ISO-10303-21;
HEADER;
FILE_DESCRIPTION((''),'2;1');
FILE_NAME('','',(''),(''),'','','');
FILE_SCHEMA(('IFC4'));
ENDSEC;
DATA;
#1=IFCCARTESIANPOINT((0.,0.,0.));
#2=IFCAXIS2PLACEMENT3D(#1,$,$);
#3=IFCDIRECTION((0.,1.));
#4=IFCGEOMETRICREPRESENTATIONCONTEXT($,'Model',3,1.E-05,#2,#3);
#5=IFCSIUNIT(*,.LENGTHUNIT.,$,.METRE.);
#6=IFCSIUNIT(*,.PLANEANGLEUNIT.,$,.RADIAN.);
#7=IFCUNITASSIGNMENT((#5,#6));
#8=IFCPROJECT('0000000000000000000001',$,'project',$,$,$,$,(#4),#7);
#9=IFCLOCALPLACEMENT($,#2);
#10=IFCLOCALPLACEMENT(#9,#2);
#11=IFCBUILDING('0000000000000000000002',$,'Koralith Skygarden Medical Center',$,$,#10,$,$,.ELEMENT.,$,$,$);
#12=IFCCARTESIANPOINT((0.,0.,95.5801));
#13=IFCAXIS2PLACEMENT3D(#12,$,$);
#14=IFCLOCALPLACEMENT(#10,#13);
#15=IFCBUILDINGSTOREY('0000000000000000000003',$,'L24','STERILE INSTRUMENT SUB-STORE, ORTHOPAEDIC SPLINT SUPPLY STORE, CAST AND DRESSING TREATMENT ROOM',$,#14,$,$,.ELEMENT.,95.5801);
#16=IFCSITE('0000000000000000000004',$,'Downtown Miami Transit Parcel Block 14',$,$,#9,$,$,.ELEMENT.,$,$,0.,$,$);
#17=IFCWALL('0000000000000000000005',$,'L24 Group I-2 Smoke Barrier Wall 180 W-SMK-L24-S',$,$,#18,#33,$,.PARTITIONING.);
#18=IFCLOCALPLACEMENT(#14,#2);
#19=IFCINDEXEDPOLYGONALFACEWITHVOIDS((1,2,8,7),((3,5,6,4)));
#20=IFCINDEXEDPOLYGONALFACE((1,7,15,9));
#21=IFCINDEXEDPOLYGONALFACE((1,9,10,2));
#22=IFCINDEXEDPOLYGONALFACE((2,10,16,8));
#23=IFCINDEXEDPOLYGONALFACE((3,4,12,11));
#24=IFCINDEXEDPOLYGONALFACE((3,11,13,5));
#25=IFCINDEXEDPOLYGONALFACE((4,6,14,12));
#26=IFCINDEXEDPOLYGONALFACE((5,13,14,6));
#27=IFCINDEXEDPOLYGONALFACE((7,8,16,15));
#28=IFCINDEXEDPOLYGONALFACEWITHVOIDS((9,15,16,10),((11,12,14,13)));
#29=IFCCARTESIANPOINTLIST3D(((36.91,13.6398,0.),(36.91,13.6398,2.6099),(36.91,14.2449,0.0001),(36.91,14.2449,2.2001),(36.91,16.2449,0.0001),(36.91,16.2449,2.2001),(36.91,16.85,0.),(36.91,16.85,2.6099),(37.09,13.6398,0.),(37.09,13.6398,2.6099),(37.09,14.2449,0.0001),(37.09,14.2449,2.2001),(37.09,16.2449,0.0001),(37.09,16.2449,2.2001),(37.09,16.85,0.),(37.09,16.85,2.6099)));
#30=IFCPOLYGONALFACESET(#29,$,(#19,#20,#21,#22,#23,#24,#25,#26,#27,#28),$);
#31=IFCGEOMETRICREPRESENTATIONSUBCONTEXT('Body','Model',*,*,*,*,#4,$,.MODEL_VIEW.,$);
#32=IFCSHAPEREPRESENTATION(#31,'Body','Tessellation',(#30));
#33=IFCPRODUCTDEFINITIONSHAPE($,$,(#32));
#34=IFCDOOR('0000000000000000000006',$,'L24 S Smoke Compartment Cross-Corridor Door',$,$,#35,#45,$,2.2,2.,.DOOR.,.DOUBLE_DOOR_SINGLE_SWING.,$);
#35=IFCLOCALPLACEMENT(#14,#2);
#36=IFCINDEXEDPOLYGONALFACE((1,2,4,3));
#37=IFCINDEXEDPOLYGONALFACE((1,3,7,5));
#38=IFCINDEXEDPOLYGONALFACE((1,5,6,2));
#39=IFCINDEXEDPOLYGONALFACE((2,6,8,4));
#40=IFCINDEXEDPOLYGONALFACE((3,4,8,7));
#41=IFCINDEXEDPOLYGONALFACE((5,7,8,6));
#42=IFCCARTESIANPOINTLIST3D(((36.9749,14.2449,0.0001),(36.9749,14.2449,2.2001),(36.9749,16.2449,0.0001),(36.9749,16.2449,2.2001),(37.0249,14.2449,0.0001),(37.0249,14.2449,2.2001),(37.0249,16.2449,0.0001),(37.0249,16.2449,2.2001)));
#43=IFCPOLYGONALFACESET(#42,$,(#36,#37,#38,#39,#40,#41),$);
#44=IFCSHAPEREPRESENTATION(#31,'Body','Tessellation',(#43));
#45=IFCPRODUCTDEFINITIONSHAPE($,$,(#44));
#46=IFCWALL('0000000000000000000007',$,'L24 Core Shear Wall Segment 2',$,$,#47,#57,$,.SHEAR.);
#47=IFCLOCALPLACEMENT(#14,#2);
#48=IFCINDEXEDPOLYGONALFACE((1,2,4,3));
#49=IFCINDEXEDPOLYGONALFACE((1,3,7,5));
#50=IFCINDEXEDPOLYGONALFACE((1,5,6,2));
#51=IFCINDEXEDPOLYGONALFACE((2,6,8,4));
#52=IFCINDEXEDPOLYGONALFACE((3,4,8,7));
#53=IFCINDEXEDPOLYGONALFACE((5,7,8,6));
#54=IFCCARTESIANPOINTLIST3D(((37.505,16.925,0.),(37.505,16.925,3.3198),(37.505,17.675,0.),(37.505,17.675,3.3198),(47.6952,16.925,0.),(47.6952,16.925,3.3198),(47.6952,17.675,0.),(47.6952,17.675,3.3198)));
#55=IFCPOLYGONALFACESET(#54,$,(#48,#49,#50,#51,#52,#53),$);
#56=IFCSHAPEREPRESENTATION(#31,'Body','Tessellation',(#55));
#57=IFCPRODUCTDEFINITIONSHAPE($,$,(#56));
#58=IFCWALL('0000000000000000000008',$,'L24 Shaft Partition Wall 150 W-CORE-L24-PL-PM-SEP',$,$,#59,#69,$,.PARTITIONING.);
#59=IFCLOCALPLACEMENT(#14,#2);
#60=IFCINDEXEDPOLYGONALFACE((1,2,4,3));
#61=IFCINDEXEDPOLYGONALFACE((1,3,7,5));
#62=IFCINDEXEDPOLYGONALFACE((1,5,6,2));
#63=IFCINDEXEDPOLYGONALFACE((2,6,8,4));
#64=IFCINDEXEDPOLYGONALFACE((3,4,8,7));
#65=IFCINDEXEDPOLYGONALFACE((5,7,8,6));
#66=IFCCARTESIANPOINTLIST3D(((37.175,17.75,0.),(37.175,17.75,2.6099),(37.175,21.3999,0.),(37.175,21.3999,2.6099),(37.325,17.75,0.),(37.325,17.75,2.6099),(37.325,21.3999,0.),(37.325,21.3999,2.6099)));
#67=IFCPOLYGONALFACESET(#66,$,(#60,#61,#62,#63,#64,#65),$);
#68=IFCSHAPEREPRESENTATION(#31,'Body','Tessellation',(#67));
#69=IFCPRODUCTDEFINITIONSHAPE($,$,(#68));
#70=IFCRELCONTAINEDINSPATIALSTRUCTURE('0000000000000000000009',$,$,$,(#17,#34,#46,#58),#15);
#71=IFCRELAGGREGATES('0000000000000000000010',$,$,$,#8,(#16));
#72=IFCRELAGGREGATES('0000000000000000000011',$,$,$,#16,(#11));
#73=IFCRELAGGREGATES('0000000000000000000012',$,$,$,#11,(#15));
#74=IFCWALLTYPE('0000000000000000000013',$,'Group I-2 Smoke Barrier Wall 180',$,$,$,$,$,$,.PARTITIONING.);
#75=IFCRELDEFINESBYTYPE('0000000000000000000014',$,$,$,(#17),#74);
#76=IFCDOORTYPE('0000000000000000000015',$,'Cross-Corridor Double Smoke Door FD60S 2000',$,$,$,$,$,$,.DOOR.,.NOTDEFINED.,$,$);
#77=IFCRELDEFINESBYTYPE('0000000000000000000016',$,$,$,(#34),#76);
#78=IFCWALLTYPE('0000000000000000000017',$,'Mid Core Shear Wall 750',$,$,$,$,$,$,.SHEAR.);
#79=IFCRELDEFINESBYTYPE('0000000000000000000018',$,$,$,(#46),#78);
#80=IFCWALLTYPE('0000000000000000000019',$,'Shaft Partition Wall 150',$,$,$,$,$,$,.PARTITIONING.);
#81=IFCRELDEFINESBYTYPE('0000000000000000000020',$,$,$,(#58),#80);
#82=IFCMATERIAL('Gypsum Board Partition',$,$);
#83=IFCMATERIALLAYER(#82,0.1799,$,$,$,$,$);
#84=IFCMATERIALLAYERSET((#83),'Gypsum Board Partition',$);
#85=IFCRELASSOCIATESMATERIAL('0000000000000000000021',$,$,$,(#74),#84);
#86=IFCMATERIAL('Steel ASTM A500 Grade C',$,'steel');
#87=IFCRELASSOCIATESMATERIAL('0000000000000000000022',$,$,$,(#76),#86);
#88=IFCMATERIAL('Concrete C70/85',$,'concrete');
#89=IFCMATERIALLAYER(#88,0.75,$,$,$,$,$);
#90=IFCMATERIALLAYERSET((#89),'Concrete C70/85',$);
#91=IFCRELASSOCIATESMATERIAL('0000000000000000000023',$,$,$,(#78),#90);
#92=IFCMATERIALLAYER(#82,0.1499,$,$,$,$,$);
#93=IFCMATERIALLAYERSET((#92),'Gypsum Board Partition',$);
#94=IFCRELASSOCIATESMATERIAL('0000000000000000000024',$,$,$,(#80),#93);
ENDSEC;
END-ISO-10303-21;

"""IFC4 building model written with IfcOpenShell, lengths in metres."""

from ifc_helpers import new_model, si_unit, direction, frame, frame_2d, origin, place, context, subcontext, project, spatial, rectangle, extrude, material, layer, layer_set, type_object, element, fill, save


model = new_model("IFC4")

# Units and contexts
model_context = context("Model", 3, precision=1e-05, world=origin(), true_north=direction((0.0, 1.0)))
body_context = subcontext(model_context, "Body", "Model", "MODEL_VIEW")
ifc_project = project(units=[si_unit("LENGTHUNIT", "METRE"), si_unit("PLANEANGLEUNIT", "RADIAN")], contexts=[model_context])

# Site, building, storey
site_placement = place(None, origin())
site = spatial("IfcSite", under=ifc_project, at=site_placement, Name="Downtown Miami Transit Parcel Block 14", CompositionType="ELEMENT", RefElevation=0.0)
building_placement = place(site_placement, origin())
building = spatial("IfcBuilding", under=site, at=building_placement, Name="Koralith Skygarden Medical Center", CompositionType="ELEMENT")
storey_placement = place(building_placement, frame((0.0, 0.0, 95.5801)))
storey = spatial("IfcBuildingStorey", under=building, at=storey_placement, Name="L24", Description="STERILE INSTRUMENT SUB-STORE, ORTHOPAEDIC SPLINT SUPPLY STORE, CAST AND DRESSING TREATMENT ROOM", CompositionType="ELEMENT", Elevation=95.5801)

# Shared definitions
ifc_material_1 = material(Name="Concrete C70/85", Category="concrete")

# Shared definitions
ifc_material_2 = material(Name="Gypsum Board Partition")

# Wall, opening, door
ifc_layer_1 = layer(ifc_material_2, 0.1799)
ifc_layer_set_1 = layer_set([ifc_layer_1], Name="Gypsum Board Partition")
wall_type_1 = type_object("IfcWallType", Name="Group I-2 Smoke Barrier Wall 180", PredefinedType="PARTITIONING", material=ifc_layer_set_1)
wall_1_placement = place(storey_placement, frame((37.0, 13.6399, 0.0), z_axis=(0.0, 0.0, 1.0), x_axis=(0.0, 1.0, 0.0)))
wall_1 = element("IfcWall", 1, at=wall_1_placement, inside=storey, type_object=wall_type_1, Name="L24 Group I-2 Smoke Barrier Wall 180 W-SMK-L24-S", PredefinedType="PARTITIONING", context=body_context, shape_type="SweptSolid", body=[
    extrude(rectangle(XDim=3.2102, YDim=0.1799, at=frame_2d((1.605, 0.0))), origin(), (0.0, 0.0, 1.0), 2.6099),
])
opening_1_placement = place(wall_1_placement, frame((0.605, 0.0, 0.0)))
opening_1 = element("IfcOpeningElement", 2, at=opening_1_placement, cuts=wall_1, PredefinedType="OPENING", context=body_context, shape_type="SweptSolid", body=[
    extrude(rectangle(XDim=2.0, YDim=2.2, at=frame_2d((1.0, 1.1001))), frame((0.0, 0.0999, 0.0), z_axis=(0.0, -1.0, 0.0), x_axis=(1.0, 0.0, 0.0)), (0.0, 0.0, 1.0), 0.2),
])
ifc_material_3 = material(Name="Steel ASTM A500 Grade C", Category="steel")
door_type_1 = type_object("IfcDoorType", Name="Cross-Corridor Double Smoke Door FD60S 2000", OperationType="NOTDEFINED", PredefinedType="DOOR", material=ifc_material_3)
door_1_placement = place(opening_1_placement, frame((2.0, 0.0, 0.0), z_axis=(0.0, 0.0, 1.0), x_axis=(-1.0, 0.0, 0.0)))
door_1 = element("IfcDoor", 3, at=door_1_placement, inside=storey, type_object=door_type_1, Name="L24 S Smoke Compartment Cross-Corridor Door", OperationType="DOUBLE_DOOR_SINGLE_SWING", OverallHeight=2.2, OverallWidth=2.0, PredefinedType="DOOR", context=body_context, shape_type="SweptSolid", body=[
    extrude(rectangle(XDim=2.0, YDim=2.2, at=frame_2d((1.0, 1.1001))), frame((0.0, 0.0249, 0.0), z_axis=(0.0, -1.0, 0.0), x_axis=(1.0, 0.0, 0.0)), (0.0, 0.0, 1.0), 0.05),
])
fill(opening_1, door_1)

# Walls
ifc_layer_2 = layer(ifc_material_1, 0.75)
ifc_layer_set_2 = layer_set([ifc_layer_2], Name="Concrete C70/85")
wall_type_2 = type_object("IfcWallType", Name="Mid Core Shear Wall 750", PredefinedType="SHEAR", material=ifc_layer_set_2)
wall_2_placement = place(storey_placement, frame((37.5049, 17.3, 0.0), z_axis=(0.0, 0.0, 1.0), x_axis=(1.0, 0.0, 0.0)))
element("IfcWall", 4, at=wall_2_placement, inside=storey, type_object=wall_type_2, Name="L24 Core Shear Wall Segment 2", PredefinedType="SHEAR", context=body_context, shape_type="SweptSolid", body=[
    extrude(rectangle(XDim=10.1902, YDim=0.75, at=frame_2d((5.0952, 0.0))), origin(), (0.0, 0.0, 1.0), 3.3198),
])
ifc_layer_3 = layer(ifc_material_2, 0.1499)
ifc_layer_set_3 = layer_set([ifc_layer_3], Name="Gypsum Board Partition")
wall_type_3 = type_object("IfcWallType", Name="Shaft Partition Wall 150", PredefinedType="PARTITIONING", material=ifc_layer_set_3)
wall_3_placement = place(storey_placement, frame((37.25, 17.75, 0.0), z_axis=(0.0, 0.0, 1.0), x_axis=(0.0, 1.0, 0.0)))
element("IfcWall", 5, at=wall_3_placement, inside=storey, type_object=wall_type_3, Name="L24 Shaft Partition Wall 150 W-CORE-L24-PL-PM-SEP", PredefinedType="PARTITIONING", context=body_context, shape_type="SweptSolid", body=[
    extrude(rectangle(XDim=3.6499, YDim=0.1499, at=frame_2d((1.825, 0.0))), origin(), (0.0, 0.0, 1.0), 2.6099),
])

save(model, "model.ifc")
